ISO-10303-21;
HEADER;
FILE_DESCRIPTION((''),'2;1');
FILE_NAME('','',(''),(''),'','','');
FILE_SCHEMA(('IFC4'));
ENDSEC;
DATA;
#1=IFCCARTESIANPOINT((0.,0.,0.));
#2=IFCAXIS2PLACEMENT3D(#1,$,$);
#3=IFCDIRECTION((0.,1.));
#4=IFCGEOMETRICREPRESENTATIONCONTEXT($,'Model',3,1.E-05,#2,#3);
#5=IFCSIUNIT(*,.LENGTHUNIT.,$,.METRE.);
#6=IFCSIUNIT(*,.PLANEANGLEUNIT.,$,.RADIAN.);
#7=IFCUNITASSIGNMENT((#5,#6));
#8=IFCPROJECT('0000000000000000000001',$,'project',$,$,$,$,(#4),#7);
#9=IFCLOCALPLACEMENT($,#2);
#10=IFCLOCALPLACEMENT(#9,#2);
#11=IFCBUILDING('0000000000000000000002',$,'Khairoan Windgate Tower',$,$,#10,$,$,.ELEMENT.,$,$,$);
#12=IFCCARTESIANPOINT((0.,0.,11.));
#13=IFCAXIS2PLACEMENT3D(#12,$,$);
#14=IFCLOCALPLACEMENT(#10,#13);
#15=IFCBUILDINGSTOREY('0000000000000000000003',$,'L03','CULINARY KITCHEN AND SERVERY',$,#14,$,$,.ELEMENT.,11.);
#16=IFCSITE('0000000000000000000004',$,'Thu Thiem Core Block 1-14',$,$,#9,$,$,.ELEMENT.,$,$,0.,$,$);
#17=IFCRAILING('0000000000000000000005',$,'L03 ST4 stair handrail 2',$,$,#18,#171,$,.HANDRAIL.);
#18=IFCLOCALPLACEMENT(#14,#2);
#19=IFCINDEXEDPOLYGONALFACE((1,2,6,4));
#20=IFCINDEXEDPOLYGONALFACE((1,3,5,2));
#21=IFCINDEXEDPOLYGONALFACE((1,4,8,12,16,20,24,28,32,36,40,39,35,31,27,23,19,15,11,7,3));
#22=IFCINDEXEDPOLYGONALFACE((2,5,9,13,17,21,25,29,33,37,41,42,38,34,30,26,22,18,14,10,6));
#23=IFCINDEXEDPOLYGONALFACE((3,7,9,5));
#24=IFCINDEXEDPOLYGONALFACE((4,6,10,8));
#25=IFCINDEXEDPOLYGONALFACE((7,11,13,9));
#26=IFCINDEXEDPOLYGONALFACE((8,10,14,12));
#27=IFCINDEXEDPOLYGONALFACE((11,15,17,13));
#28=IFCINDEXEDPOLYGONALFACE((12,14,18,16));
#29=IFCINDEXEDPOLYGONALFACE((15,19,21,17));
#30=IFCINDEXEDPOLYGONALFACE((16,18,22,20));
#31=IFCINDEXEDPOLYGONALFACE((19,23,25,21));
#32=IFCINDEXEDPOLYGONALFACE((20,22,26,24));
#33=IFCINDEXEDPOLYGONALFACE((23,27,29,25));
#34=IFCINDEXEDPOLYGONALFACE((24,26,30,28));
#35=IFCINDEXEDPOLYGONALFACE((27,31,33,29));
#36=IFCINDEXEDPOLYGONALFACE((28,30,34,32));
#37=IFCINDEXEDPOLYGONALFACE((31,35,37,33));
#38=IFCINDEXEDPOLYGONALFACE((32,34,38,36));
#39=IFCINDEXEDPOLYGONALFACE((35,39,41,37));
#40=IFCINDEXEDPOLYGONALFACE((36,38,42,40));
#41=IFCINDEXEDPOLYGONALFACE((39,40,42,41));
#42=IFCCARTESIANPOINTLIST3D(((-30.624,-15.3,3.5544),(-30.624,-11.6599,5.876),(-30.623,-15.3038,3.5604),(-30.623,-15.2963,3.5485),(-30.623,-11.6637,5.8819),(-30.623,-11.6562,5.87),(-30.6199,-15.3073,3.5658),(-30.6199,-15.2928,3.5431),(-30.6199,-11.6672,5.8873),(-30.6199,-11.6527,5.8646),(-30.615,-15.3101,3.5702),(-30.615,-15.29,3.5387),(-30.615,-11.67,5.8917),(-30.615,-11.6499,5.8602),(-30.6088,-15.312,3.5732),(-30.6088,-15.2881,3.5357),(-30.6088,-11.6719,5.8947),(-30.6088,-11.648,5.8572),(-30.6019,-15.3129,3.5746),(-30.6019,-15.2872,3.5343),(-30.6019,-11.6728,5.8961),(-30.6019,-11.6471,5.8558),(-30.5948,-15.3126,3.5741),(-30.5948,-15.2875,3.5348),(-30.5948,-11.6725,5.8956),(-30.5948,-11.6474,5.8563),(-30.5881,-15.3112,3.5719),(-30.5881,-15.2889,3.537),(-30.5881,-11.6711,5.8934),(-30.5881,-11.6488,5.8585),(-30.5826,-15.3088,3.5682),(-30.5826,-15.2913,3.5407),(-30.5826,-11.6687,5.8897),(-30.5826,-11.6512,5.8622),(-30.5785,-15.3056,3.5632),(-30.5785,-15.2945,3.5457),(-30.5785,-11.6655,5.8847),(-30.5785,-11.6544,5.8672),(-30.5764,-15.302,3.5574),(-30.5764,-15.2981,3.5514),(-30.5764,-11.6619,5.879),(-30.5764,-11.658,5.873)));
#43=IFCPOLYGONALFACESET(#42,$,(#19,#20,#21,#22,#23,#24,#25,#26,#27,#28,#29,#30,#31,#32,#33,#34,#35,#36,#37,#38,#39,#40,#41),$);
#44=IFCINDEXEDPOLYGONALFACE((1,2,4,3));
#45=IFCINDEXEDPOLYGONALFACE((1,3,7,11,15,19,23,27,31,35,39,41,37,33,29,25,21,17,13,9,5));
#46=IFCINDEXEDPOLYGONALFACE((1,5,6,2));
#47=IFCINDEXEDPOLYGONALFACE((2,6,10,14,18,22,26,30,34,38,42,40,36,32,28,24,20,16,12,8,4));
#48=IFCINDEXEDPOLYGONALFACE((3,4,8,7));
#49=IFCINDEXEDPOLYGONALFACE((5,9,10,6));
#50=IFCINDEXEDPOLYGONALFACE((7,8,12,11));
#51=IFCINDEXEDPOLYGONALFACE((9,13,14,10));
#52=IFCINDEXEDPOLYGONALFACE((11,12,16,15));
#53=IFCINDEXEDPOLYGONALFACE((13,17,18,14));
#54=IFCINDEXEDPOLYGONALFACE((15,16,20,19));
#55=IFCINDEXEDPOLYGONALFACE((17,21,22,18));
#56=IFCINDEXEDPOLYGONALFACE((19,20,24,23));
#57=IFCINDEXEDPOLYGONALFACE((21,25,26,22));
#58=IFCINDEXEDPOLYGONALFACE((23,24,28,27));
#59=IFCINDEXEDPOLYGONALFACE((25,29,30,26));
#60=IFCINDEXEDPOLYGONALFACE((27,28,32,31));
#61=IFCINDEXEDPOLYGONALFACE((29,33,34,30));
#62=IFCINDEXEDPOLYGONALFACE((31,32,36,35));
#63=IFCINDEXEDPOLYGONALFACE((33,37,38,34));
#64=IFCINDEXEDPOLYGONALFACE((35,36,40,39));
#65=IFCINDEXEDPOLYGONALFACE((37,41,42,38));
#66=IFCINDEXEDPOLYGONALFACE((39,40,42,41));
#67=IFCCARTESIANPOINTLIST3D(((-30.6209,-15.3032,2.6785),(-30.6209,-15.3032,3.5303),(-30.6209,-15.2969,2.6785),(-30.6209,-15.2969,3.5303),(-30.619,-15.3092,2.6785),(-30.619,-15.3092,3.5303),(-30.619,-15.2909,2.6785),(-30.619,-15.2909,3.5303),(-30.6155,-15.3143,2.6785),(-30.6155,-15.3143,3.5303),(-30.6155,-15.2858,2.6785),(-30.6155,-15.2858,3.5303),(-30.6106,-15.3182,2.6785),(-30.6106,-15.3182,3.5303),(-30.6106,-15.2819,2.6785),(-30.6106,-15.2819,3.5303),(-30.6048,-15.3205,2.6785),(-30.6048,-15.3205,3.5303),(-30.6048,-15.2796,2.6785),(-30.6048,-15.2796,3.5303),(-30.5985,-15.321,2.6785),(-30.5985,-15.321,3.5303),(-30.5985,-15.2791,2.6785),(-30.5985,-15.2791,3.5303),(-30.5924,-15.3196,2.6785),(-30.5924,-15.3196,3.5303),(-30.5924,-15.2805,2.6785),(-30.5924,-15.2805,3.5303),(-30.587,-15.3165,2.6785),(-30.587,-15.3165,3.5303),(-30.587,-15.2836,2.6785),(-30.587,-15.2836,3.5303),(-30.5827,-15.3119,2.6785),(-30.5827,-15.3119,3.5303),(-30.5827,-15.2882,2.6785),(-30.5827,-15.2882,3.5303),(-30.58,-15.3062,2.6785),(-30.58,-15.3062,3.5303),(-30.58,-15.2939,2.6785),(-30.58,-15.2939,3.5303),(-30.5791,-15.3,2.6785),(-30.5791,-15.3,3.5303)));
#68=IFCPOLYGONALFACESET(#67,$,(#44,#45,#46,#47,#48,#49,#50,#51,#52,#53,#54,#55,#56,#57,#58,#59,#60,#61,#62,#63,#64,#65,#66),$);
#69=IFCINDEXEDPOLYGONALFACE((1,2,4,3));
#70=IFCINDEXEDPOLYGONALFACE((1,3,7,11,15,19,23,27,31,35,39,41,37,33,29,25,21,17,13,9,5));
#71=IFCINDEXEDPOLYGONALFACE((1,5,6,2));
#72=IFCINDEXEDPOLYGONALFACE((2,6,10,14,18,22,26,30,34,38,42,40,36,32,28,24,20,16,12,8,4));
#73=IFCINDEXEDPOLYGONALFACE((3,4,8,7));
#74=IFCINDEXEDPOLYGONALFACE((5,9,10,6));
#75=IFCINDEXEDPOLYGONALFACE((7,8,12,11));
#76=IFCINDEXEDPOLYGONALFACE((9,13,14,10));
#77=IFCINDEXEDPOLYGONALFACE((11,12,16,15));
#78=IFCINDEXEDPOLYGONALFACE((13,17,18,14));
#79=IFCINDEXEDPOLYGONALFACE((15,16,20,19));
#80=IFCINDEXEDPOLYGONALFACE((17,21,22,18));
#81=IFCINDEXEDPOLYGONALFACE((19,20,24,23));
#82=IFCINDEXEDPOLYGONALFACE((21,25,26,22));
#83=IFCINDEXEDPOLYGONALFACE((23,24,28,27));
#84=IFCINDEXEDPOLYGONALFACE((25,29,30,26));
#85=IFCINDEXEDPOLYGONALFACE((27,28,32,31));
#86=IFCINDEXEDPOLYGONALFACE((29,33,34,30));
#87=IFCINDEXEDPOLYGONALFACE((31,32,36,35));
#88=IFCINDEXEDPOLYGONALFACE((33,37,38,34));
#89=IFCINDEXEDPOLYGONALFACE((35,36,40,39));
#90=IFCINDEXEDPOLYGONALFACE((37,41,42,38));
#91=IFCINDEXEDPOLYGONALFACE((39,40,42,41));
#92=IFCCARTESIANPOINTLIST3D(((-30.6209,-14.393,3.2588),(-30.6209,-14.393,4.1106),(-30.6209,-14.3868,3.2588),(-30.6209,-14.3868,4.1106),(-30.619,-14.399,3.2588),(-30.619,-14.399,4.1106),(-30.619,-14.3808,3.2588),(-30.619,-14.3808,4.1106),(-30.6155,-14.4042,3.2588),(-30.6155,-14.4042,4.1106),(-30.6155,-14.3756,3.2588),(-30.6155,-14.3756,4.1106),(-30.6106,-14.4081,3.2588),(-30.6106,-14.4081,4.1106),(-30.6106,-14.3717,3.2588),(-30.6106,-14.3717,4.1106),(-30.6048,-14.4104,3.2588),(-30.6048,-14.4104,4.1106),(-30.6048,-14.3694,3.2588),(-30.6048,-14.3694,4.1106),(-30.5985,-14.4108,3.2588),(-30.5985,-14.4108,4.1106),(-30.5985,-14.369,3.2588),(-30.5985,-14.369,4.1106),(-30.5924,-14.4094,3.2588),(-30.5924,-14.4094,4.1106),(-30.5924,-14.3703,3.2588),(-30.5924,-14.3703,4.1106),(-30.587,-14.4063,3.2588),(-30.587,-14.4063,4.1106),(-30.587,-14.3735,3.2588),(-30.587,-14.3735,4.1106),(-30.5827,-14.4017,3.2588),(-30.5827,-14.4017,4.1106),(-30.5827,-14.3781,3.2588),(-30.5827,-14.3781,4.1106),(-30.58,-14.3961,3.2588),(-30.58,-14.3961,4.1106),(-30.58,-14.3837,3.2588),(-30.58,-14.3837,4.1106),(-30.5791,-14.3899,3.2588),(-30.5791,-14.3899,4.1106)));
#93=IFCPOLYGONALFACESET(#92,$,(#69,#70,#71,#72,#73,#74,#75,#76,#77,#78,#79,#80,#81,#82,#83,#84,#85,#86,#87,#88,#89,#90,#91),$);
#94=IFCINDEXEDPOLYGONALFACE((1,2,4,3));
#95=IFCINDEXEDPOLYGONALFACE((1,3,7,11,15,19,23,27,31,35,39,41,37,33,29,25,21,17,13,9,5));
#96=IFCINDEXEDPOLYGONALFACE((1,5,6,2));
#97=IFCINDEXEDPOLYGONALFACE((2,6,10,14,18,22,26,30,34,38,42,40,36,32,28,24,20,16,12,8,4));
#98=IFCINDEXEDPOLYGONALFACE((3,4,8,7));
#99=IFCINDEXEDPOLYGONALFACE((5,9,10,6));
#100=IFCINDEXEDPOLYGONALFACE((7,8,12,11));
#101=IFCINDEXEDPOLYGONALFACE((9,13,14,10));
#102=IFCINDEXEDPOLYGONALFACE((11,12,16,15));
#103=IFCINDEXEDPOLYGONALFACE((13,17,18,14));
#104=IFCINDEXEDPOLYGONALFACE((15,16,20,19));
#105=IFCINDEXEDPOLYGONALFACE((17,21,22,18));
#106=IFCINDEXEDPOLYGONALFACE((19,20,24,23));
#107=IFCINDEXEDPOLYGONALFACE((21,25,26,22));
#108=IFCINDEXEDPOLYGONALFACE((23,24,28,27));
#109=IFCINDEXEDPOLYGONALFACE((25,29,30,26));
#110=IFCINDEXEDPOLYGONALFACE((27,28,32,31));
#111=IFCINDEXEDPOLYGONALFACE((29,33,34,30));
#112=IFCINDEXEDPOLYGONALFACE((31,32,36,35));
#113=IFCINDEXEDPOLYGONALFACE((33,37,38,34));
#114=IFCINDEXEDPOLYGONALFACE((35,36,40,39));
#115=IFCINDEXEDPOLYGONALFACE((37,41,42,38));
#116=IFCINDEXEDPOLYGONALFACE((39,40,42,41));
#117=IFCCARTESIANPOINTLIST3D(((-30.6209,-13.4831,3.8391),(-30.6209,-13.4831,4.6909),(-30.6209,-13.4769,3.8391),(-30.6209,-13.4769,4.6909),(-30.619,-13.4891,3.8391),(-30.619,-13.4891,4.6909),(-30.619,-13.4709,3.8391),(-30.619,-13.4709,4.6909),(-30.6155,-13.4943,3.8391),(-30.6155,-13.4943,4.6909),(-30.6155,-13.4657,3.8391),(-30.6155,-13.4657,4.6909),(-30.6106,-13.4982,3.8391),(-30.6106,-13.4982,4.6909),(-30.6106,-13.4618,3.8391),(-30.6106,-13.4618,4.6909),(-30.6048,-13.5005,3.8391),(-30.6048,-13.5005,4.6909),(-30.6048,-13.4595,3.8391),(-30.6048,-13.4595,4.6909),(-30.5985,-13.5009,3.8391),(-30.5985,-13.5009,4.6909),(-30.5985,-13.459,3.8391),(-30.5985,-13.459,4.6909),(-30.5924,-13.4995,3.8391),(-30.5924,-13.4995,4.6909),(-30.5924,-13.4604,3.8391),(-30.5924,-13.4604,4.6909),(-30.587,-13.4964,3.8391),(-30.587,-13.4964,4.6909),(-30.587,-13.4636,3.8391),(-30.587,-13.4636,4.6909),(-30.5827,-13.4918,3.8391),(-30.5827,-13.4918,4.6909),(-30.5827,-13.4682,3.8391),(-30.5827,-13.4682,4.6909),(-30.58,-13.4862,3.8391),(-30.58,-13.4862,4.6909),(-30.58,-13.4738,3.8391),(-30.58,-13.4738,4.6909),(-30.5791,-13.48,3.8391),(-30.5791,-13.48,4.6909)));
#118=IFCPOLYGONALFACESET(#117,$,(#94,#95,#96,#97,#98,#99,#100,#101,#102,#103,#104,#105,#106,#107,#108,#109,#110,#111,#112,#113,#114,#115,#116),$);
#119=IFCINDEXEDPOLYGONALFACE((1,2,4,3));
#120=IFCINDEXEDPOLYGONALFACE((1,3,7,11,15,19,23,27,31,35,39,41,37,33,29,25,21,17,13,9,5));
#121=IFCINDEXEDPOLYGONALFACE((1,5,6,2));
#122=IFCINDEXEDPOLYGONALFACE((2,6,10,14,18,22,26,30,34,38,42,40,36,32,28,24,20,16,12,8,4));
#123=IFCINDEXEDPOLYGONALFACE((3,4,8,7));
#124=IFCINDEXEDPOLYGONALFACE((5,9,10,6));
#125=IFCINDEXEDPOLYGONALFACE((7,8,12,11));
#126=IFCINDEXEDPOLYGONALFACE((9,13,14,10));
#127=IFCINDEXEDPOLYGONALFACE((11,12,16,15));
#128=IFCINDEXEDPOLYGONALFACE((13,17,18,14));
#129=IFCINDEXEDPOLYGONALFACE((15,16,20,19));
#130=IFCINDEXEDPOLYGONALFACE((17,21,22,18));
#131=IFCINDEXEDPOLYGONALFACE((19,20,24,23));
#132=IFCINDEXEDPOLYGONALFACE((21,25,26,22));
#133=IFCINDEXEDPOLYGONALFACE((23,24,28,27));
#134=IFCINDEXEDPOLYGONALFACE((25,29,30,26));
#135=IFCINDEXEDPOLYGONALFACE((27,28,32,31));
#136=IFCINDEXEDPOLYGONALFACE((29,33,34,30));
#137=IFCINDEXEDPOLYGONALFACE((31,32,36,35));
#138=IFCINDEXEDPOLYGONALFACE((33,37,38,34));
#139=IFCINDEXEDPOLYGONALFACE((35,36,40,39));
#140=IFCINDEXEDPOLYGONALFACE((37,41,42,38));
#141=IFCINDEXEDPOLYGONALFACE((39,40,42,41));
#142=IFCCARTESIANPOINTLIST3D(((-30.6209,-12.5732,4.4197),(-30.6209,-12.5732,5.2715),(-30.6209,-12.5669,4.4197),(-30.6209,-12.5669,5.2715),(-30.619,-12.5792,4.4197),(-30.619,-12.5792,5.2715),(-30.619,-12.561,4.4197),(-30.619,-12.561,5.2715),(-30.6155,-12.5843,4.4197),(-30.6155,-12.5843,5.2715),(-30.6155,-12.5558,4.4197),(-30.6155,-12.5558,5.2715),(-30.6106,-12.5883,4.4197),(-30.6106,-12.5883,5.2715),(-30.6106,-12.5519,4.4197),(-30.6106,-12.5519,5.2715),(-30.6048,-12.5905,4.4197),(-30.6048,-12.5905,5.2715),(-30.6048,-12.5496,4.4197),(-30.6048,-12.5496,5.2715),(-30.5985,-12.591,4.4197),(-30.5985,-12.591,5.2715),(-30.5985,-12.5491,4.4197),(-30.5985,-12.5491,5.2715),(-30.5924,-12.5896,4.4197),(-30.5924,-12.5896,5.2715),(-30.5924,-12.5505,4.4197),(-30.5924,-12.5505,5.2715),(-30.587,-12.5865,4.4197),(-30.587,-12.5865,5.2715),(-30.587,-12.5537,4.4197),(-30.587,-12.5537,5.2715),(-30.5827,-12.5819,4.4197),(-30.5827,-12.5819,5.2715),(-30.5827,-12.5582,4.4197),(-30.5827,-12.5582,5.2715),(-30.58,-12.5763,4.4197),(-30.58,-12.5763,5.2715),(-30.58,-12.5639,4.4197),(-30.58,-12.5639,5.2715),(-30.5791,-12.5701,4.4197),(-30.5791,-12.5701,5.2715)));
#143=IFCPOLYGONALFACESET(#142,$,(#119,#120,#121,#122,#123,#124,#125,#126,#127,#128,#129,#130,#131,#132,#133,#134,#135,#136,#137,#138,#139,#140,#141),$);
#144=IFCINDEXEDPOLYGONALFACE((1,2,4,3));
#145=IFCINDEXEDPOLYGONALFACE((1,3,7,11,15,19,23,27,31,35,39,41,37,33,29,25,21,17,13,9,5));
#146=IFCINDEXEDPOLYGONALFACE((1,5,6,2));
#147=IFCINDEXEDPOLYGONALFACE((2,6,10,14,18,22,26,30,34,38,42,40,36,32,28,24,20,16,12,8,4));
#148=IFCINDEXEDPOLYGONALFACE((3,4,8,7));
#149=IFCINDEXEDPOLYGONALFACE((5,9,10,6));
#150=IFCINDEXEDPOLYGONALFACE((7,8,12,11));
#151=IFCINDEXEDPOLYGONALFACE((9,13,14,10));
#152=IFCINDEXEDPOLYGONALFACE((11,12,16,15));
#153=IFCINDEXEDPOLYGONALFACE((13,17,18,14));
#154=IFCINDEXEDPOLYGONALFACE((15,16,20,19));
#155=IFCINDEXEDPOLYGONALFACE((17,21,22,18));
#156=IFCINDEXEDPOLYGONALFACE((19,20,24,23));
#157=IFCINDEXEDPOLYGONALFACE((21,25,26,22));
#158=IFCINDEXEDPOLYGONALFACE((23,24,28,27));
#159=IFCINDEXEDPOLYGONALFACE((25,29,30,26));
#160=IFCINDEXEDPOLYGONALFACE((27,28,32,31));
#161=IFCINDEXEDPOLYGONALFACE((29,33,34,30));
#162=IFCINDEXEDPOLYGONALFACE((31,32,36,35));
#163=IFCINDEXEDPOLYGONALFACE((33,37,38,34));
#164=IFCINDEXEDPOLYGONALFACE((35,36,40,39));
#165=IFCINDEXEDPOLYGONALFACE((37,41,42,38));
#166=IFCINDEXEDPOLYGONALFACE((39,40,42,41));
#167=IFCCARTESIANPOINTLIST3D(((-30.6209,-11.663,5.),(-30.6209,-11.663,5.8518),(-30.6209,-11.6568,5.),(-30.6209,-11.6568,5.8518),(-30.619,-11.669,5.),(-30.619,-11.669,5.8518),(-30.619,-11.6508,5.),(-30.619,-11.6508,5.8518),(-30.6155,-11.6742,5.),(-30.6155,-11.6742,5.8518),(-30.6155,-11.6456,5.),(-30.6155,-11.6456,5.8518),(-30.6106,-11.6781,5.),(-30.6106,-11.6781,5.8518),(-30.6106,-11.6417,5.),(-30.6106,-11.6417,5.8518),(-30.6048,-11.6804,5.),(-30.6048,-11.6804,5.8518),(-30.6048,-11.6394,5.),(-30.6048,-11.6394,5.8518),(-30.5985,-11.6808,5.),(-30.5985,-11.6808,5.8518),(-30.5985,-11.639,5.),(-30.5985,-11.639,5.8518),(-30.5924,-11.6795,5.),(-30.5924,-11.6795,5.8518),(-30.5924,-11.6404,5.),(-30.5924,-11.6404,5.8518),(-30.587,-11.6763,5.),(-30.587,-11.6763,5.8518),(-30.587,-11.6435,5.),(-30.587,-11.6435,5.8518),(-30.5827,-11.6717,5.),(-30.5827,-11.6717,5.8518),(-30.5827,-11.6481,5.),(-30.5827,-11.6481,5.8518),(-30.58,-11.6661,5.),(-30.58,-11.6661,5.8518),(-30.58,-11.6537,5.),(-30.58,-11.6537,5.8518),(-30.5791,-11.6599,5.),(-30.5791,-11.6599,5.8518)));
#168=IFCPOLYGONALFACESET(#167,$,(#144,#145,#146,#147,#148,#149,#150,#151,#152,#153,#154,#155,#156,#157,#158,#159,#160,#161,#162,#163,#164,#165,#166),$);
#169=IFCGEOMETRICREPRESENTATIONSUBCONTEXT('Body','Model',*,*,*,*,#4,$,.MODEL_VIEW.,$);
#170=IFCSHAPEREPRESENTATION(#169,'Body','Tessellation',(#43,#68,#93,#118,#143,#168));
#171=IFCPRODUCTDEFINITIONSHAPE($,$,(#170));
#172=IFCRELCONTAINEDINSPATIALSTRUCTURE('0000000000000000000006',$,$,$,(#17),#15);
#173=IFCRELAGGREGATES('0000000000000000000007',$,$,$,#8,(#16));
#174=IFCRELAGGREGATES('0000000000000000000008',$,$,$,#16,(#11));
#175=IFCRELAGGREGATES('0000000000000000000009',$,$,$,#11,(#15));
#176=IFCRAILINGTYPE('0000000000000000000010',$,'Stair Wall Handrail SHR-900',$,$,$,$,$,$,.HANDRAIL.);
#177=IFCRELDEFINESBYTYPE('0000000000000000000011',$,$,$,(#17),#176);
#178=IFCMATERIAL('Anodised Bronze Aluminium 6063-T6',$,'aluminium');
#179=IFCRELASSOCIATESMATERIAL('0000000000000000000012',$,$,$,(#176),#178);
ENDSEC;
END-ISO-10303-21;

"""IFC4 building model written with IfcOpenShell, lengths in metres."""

from ifc_helpers import new_model, si_unit, direction, frame, origin, origin_2d, place, context, subcontext, project, spatial, circle, extrude, material, type_object, element, save


model = new_model("IFC4")

# Units and contexts
model_context = context("Model", 3, precision=1e-05, world=origin(), true_north=direction((0.0, 1.0)))
body_context = subcontext(model_context, "Body", "Model", "MODEL_VIEW")
ifc_project = project(units=[si_unit("LENGTHUNIT", "METRE"), si_unit("PLANEANGLEUNIT", "RADIAN")], contexts=[model_context])

# Site, building, storey
site_placement = place(None, origin())
site = spatial("IfcSite", under=ifc_project, at=site_placement, Name="Thu Thiem Core Block 1-14", CompositionType="ELEMENT", RefElevation=0.0)
building_placement = place(site_placement, origin())
building = spatial("IfcBuilding", under=site, at=building_placement, Name="Khairoan Windgate Tower", CompositionType="ELEMENT")
storey_placement = place(building_placement, frame((0.0, 0.0, 11.0)))
storey = spatial("IfcBuildingStorey", under=building, at=storey_placement, Name="L03", Description="CULINARY KITCHEN AND SERVERY", CompositionType="ELEMENT", Elevation=11.0)

# Railing
ifc_material_1 = material(Name="Anodised Bronze Aluminium 6063-T6", Category="aluminium")
railing_type_1 = type_object("IfcRailingType", Name="Stair Wall Handrail SHR-900", PredefinedType="HANDRAIL", material=ifc_material_1)
railing_1_placement = place(storey_placement, frame((-30.6001, -15.3, 2.6785)))
element("IfcRailing", 1, at=railing_1_placement, inside=storey, type_object=railing_type_1, Name="L03 ST4 stair handrail 2", PredefinedType="HANDRAIL", context=body_context, shape_type="SweptSolid", body=[
    extrude(circle(Radius=0.0239, at=origin_2d()), frame((0.0, 0.0, 0.876), z_axis=(0.0, 0.843128, 0.537713), x_axis=(-1.0, 0.0, 0.0)), (0.0, 0.0, 1.0), 4.3174),
    extrude(circle(Radius=0.021, at=origin_2d()), origin(), (0.0, 0.0, 1.0), 0.8518),
    extrude(circle(Radius=0.021, at=origin_2d()), frame((0.0, 0.9102, 0.5803)), (0.0, 0.0, 1.0), 0.8518),
    extrude(circle(Radius=0.021, at=origin_2d()), frame((0.0, 1.8201, 1.1606)), (0.0, 0.0, 1.0), 0.8518),
    extrude(circle(Radius=0.021, at=origin_2d()), frame((0.0, 2.73, 1.7412)), (0.0, 0.0, 1.0), 0.8518),
    extrude(circle(Radius=0.021, at=origin_2d()), frame((0.0, 3.6401, 2.3215)), (0.0, 0.0, 1.0), 0.8518),
])

save(model, "model.ifc")
